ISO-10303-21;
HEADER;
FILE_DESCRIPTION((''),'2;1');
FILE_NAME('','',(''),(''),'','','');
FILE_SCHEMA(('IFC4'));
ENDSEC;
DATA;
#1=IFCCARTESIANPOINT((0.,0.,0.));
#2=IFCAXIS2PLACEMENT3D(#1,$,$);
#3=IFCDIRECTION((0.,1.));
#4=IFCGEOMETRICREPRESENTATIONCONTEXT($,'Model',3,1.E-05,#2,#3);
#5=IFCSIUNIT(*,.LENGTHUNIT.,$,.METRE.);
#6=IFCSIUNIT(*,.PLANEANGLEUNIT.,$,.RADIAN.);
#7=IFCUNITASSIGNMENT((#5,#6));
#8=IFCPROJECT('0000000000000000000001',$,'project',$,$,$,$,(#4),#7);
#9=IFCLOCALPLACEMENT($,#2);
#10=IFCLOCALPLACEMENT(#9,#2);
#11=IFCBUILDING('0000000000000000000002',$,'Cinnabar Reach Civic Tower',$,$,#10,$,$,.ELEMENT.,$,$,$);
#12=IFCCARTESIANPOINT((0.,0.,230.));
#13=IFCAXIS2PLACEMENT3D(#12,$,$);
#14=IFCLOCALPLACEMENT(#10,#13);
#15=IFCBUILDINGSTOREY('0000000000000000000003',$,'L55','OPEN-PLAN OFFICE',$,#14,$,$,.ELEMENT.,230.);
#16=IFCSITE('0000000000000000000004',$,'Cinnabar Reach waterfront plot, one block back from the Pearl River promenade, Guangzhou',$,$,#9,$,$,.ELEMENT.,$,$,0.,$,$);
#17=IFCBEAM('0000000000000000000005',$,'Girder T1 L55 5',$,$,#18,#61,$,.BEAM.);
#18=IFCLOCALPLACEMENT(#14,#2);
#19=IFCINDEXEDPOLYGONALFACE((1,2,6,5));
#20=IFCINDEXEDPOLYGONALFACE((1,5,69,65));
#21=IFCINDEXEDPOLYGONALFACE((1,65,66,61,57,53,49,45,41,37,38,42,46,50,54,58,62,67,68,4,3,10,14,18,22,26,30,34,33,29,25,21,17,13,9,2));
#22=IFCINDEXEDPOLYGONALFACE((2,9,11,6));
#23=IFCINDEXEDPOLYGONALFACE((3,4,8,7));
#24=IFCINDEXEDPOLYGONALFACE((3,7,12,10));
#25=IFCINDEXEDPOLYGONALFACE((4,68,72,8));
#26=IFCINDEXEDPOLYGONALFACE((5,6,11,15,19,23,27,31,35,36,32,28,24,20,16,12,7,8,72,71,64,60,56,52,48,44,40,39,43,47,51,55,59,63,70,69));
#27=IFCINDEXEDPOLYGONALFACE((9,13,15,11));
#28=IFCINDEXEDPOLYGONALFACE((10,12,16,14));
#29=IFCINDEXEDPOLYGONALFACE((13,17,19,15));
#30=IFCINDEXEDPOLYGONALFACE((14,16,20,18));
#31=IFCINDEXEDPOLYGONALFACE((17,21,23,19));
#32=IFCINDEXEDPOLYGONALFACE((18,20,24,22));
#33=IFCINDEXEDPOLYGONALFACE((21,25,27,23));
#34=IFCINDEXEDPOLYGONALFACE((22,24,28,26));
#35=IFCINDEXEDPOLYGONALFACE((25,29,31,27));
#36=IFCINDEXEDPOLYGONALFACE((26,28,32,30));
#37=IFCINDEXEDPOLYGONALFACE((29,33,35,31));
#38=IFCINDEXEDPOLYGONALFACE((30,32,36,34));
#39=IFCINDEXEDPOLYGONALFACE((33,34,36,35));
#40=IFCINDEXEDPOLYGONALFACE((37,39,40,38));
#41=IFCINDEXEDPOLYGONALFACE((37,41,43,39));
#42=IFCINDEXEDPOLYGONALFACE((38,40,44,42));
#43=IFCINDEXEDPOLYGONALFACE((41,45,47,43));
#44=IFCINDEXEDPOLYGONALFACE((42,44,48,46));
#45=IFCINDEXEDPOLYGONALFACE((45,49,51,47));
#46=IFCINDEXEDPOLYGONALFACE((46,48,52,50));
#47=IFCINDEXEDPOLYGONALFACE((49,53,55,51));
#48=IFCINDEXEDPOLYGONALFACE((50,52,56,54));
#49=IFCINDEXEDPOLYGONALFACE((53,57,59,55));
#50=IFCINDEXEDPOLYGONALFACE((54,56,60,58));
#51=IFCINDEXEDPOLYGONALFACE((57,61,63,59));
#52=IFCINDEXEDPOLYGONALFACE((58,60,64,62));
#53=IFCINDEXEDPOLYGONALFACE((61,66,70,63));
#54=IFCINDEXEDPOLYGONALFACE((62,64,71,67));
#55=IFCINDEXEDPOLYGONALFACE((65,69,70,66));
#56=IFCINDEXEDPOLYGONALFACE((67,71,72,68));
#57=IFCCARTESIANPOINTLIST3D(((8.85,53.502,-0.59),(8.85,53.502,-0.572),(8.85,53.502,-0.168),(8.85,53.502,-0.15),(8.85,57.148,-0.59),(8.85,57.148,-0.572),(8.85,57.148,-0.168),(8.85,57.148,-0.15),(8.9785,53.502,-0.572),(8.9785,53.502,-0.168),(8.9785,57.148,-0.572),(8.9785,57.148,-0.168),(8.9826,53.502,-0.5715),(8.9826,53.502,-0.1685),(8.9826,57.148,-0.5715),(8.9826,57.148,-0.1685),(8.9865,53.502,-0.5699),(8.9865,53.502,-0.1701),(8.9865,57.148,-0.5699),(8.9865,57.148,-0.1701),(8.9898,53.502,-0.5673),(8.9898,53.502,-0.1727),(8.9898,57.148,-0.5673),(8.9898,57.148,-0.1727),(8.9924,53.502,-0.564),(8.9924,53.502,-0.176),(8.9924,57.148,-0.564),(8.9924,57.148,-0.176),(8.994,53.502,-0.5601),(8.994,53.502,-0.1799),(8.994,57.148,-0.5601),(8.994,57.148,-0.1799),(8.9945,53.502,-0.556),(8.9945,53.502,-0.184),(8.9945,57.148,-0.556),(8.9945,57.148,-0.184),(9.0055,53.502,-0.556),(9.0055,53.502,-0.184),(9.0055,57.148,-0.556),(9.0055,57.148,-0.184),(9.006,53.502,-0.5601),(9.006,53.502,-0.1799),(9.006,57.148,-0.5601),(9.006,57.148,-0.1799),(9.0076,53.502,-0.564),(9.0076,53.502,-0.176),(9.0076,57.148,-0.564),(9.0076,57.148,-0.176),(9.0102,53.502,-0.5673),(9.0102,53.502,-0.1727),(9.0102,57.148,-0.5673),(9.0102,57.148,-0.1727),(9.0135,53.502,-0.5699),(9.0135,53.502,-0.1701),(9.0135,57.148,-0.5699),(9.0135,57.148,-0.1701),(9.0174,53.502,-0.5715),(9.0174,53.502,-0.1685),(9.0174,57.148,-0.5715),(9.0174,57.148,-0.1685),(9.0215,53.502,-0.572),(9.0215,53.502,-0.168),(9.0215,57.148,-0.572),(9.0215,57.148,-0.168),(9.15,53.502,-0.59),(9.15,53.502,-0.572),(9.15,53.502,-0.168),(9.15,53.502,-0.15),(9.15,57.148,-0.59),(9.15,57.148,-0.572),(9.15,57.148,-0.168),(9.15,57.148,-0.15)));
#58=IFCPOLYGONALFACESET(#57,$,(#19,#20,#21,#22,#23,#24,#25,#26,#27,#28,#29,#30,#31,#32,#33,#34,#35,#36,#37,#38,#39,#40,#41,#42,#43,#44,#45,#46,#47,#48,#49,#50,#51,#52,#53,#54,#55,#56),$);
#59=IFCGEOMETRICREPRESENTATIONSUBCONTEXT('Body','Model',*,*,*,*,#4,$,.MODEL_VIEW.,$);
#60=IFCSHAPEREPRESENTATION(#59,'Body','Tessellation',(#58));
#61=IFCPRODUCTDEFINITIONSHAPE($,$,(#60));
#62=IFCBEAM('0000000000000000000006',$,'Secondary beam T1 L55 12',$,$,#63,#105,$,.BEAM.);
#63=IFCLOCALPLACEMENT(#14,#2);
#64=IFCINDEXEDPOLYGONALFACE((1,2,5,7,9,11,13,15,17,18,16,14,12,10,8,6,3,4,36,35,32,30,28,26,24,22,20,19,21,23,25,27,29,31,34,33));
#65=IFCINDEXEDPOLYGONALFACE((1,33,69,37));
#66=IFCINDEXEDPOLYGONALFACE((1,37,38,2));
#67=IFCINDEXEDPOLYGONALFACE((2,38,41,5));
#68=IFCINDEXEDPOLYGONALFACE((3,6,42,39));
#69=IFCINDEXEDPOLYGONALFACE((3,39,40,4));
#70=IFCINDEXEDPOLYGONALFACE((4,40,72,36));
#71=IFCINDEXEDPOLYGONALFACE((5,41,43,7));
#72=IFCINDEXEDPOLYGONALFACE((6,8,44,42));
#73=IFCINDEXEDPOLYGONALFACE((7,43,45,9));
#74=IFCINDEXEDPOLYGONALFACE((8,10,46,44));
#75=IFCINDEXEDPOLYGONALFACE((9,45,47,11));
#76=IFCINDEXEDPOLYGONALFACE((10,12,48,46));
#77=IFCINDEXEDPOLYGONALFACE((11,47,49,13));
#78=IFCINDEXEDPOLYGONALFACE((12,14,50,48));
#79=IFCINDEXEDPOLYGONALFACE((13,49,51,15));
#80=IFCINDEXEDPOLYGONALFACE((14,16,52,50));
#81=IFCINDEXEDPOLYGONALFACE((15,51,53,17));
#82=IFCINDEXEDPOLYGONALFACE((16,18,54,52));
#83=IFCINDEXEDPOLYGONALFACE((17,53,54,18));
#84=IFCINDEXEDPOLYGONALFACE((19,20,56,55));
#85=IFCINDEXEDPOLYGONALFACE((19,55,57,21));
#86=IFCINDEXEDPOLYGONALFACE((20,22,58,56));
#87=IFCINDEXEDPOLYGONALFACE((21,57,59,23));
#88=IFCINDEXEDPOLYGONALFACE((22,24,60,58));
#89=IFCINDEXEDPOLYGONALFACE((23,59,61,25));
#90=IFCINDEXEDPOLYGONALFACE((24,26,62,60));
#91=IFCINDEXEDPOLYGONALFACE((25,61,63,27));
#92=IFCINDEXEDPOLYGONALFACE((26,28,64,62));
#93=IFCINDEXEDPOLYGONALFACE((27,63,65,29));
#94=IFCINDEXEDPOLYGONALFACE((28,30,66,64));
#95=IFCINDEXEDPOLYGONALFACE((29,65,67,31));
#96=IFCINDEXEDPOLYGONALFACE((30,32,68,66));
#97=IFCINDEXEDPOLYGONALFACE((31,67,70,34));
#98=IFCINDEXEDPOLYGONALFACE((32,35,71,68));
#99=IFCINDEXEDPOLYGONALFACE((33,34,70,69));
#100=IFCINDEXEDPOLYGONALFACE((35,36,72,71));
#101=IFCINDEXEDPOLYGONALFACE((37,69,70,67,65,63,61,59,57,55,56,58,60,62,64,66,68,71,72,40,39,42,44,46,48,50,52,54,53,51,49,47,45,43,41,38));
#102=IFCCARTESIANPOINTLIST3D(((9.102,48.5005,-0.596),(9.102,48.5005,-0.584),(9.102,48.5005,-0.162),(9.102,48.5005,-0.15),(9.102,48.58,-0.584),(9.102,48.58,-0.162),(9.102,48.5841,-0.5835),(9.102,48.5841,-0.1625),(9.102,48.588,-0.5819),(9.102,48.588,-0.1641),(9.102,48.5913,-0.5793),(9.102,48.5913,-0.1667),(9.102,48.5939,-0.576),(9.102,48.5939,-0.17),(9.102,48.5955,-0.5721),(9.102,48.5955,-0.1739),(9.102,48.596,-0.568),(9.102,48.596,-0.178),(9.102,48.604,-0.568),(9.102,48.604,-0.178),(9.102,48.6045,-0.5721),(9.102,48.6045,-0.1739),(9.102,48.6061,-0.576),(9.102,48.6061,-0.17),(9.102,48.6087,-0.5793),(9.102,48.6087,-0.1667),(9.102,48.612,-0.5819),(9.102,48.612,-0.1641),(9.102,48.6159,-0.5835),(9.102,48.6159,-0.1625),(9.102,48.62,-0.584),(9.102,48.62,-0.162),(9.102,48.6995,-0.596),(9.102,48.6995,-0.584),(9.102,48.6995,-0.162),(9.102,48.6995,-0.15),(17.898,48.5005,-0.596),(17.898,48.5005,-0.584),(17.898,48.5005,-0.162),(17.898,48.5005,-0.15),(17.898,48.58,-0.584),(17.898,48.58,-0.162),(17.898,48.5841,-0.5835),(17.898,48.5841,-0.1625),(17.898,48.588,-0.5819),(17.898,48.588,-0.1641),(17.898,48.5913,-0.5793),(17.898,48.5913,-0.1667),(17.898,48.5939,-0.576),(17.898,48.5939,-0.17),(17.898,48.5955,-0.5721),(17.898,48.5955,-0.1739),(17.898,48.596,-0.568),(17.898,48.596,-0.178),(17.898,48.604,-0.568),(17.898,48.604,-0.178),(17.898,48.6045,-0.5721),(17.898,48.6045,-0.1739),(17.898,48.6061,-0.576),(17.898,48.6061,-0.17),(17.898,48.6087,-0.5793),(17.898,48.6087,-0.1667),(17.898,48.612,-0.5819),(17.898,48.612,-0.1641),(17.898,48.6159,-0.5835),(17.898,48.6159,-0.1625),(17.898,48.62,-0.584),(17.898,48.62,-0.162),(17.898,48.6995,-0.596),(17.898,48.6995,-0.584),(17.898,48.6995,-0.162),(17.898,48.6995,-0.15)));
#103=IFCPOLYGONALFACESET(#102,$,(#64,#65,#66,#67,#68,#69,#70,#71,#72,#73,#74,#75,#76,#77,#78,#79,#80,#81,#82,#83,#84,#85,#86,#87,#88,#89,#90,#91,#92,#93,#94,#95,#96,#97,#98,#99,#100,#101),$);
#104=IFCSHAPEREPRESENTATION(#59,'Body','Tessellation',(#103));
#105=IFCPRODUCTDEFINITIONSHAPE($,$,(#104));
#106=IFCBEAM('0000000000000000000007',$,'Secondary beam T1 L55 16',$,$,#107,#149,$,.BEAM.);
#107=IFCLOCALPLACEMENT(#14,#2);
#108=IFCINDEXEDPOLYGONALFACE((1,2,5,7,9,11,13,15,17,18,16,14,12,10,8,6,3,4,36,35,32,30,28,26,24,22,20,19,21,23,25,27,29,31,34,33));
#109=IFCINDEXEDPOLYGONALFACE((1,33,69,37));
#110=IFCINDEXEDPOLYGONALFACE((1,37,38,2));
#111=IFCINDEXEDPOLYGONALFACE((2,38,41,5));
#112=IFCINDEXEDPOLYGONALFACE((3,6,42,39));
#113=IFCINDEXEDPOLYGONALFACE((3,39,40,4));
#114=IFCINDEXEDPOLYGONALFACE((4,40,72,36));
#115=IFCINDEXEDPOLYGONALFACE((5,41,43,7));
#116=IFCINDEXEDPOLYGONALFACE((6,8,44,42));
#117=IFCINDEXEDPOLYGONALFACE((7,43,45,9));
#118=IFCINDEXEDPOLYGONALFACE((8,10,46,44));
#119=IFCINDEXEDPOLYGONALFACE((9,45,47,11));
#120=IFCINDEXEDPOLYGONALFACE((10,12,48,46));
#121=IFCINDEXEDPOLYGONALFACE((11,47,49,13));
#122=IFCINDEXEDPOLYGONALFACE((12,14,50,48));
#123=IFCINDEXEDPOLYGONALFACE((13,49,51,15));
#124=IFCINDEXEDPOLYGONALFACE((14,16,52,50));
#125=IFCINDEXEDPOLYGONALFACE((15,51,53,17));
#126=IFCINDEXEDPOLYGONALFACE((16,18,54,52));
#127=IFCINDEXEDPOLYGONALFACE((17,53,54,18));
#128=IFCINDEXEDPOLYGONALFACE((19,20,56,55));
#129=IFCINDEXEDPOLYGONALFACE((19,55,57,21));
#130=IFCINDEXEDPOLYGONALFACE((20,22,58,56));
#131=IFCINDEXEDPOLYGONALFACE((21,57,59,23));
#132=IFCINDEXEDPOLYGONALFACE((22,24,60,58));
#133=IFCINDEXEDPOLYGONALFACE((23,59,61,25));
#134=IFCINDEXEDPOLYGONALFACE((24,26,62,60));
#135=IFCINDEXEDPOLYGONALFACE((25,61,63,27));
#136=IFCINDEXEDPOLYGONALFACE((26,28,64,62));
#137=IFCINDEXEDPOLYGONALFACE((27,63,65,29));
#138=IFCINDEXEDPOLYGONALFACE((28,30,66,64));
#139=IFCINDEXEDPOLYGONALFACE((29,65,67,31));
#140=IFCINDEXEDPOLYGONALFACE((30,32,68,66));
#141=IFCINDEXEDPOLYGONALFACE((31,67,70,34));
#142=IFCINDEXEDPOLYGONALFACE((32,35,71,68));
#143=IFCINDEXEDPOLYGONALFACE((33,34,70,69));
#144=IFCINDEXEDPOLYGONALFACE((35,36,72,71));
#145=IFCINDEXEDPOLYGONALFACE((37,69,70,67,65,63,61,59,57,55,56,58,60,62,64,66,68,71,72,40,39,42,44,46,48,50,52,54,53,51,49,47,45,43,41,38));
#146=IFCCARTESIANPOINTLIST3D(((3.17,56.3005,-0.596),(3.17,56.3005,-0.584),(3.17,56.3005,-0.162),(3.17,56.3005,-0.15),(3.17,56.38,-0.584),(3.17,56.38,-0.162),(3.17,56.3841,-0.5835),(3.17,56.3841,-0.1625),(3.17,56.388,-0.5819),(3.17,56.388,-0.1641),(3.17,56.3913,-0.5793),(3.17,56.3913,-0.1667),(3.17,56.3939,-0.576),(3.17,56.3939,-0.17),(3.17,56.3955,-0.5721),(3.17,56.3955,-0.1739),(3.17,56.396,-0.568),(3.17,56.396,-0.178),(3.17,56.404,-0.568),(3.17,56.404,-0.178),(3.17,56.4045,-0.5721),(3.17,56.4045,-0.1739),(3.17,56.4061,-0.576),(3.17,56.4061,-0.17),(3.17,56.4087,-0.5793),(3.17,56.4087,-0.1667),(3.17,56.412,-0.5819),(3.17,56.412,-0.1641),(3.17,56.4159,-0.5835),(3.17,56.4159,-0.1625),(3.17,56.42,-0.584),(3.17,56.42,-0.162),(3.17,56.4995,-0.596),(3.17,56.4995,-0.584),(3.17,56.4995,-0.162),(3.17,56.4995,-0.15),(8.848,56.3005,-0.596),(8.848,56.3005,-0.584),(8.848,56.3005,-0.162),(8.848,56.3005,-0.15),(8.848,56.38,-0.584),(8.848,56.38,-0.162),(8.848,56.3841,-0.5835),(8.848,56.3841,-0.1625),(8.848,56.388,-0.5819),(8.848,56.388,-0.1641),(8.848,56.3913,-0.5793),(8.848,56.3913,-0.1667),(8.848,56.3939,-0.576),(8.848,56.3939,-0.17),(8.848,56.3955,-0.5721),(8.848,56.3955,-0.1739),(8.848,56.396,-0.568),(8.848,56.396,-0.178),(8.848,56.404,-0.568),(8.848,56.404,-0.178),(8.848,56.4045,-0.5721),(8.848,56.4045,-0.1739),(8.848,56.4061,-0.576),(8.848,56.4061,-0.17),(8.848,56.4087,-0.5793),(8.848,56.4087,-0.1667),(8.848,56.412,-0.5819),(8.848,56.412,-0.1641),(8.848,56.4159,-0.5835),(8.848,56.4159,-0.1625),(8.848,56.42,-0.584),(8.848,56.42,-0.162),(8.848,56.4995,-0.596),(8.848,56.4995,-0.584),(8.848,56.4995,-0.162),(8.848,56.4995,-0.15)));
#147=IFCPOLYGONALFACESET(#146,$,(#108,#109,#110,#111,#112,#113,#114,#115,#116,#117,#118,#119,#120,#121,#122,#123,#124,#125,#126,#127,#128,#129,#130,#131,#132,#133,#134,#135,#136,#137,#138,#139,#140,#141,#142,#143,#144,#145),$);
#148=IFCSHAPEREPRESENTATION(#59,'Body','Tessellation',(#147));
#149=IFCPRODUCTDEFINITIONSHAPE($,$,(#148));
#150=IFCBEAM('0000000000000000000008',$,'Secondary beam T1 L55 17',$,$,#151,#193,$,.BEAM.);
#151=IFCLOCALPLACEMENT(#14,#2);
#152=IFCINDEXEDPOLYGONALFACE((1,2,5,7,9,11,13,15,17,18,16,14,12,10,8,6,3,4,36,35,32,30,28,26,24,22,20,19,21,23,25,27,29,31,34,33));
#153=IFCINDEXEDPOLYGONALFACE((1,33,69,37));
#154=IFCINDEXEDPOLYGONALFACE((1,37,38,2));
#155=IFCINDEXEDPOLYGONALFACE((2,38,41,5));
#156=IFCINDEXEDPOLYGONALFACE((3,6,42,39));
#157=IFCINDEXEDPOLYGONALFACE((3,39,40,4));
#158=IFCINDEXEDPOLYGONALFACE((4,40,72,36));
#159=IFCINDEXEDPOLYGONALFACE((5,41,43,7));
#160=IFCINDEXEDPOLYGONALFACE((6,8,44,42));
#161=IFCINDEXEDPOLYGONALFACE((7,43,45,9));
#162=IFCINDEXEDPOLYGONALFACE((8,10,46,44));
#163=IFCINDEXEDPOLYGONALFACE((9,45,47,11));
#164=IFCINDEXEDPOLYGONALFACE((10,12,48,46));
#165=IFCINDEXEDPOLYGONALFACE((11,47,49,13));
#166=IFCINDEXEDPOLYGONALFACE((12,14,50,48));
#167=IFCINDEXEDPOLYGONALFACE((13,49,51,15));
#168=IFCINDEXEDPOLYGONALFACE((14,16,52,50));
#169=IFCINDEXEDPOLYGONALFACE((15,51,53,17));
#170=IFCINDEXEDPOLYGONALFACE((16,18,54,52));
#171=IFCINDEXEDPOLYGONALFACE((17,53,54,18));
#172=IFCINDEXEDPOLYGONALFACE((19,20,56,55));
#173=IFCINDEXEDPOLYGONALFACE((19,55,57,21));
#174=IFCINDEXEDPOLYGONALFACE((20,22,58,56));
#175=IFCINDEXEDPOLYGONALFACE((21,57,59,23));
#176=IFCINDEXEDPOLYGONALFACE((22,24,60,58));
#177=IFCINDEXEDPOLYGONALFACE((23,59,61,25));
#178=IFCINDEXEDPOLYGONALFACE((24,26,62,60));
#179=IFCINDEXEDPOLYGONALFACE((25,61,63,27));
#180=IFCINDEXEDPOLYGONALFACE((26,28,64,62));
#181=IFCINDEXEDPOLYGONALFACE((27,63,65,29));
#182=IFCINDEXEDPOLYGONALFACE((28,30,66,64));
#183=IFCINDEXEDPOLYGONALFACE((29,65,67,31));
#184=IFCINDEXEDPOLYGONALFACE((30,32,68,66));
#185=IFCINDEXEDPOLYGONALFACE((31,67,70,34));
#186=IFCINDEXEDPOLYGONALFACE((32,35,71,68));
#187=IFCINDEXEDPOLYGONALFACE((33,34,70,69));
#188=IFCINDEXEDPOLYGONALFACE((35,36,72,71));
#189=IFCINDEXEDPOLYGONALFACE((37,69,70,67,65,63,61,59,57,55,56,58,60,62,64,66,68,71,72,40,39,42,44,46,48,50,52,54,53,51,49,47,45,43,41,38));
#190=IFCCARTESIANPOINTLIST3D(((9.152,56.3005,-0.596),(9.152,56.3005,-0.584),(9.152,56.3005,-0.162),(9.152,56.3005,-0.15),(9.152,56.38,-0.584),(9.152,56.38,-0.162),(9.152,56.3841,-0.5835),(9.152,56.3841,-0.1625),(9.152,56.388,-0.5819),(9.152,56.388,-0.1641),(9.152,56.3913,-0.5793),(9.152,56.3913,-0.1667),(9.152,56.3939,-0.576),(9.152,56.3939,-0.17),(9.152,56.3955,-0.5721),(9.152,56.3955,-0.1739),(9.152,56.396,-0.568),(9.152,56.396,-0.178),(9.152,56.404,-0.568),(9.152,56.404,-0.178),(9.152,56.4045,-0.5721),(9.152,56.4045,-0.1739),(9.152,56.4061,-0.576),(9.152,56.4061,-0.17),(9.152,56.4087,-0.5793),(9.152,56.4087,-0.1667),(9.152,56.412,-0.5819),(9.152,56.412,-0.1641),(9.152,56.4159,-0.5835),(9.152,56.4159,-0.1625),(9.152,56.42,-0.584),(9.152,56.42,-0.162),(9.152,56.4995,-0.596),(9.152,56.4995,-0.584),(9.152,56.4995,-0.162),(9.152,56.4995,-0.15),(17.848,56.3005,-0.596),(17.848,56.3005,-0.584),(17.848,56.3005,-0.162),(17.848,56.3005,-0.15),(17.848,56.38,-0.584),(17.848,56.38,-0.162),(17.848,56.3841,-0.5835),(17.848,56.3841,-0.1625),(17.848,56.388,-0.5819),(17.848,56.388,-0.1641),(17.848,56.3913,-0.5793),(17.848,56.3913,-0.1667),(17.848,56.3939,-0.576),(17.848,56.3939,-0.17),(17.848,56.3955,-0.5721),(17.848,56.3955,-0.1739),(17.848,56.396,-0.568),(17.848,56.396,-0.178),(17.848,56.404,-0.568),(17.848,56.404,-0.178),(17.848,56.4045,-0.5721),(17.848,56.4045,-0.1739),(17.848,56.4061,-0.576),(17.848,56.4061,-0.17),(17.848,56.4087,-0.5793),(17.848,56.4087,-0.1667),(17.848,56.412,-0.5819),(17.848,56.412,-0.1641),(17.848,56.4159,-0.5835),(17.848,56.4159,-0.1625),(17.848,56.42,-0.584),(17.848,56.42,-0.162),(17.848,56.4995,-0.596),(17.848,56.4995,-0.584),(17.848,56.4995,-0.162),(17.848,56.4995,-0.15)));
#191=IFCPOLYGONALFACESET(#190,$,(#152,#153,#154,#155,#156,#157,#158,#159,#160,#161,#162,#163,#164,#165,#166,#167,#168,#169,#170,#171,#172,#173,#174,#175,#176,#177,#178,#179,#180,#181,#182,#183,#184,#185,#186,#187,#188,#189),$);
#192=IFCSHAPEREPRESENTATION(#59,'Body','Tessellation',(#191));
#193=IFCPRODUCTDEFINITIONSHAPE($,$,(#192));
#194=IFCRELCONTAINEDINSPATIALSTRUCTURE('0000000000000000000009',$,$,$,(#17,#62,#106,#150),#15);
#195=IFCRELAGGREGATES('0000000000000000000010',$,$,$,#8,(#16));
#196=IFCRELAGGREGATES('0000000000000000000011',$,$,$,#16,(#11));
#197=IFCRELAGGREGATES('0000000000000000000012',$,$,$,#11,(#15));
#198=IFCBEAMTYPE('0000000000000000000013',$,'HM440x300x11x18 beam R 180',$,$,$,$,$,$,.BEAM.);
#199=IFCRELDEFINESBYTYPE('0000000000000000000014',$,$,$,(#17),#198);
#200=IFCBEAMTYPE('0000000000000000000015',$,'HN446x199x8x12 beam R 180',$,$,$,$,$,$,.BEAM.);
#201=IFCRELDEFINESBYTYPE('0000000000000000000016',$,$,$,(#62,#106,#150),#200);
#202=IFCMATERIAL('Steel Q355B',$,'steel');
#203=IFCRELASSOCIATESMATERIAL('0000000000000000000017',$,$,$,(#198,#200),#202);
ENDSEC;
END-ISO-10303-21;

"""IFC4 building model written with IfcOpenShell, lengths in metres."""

from ifc_helpers import new_model, si_unit, direction, frame, origin, origin_2d, place, context, subcontext, project, spatial, i_section, extrude, material, material_profile, profile_set, type_object, element, save


model = new_model("IFC4")

# Units and contexts
model_context = context("Model", 3, precision=1e-05, world=origin(), true_north=direction((0.0, 1.0)))
body_context = subcontext(model_context, "Body", "Model", "MODEL_VIEW")
ifc_project = project(units=[si_unit("LENGTHUNIT", "METRE"), si_unit("PLANEANGLEUNIT", "RADIAN")], contexts=[model_context])

# Site, building, storey
site_placement = place(None, origin())
site = spatial("IfcSite", under=ifc_project, at=site_placement, Name="Cinnabar Reach waterfront plot, one block back from the Pearl River promenade, Guangzhou", CompositionType="ELEMENT", RefElevation=0.0)
building_placement = place(site_placement, origin())
building = spatial("IfcBuilding", under=site, at=building_placement, Name="Cinnabar Reach Civic Tower", CompositionType="ELEMENT")
storey_placement = place(building_placement, frame((0.0, 0.0, 230.0)))
storey = spatial("IfcBuildingStorey", under=building, at=storey_placement, Name="L55", Description="OPEN-PLAN OFFICE", CompositionType="ELEMENT", Elevation=230.0)

# Beams
ifc_material_1 = material(Name="Steel Q355B", Category="steel")
ifc_material_profile_1 = material_profile(ifc_material_1, i_section(OverallWidth=0.3, OverallDepth=0.44, WebThickness=0.011, FlangeThickness=0.018, FilletRadius=0.016, at=origin_2d()), Name="HM440x300x11x18")
ifc_profile_set_1 = profile_set([ifc_material_profile_1], Name="Steel Q355B")
beam_type_1 = type_object("IfcBeamType", Name="HM440x300x11x18 beam R 180", PredefinedType="BEAM", material=ifc_profile_set_1)
beam_1_placement = place(storey_placement, frame((9.0, 53.502, -0.37), z_axis=(0.0, 1.0, 0.0), x_axis=(-1.0, 0.0, 0.0)))
element("IfcBeam", 1, at=beam_1_placement, inside=storey, type_object=beam_type_1, Name="Girder T1 L55 5", PredefinedType="BEAM", context=body_context, shape_type="SweptSolid", body=[
    extrude(i_section(OverallWidth=0.3, OverallDepth=0.44, WebThickness=0.011, FlangeThickness=0.018, FilletRadius=0.016, at=origin_2d()), origin(), (0.0, 0.0, 1.0), 3.646),
])
ifc_material_profile_2 = material_profile(ifc_material_1, i_section(OverallWidth=0.199, OverallDepth=0.446, WebThickness=0.008, FlangeThickness=0.012, FilletRadius=0.016, at=origin_2d()), Name="HN446x199x8x12")
ifc_profile_set_2 = profile_set([ifc_material_profile_2], Name="Steel Q355B")
beam_type_2 = type_object("IfcBeamType", Name="HN446x199x8x12 beam R 180", PredefinedType="BEAM", material=ifc_profile_set_2)
beam_2_placement = place(storey_placement, frame((9.102, 48.6, -0.373), z_axis=(1.0, 0.0, 0.0), x_axis=(0.0, 1.0, 0.0)))
element("IfcBeam", 2, at=beam_2_placement, inside=storey, type_object=beam_type_2, Name="Secondary beam T1 L55 12", PredefinedType="BEAM", context=body_context, shape_type="SweptSolid", body=[
    extrude(i_section(OverallWidth=0.199, OverallDepth=0.446, WebThickness=0.008, FlangeThickness=0.012, FilletRadius=0.016, at=origin_2d()), origin(), (0.0, 0.0, 1.0), 8.796),
])
beam_3_placement = place(storey_placement, frame((3.17, 56.4, -0.373), z_axis=(1.0, 0.0, 0.0), x_axis=(0.0, 1.0, 0.0)))
element("IfcBeam", 3, at=beam_3_placement, inside=storey, type_object=beam_type_2, Name="Secondary beam T1 L55 16", PredefinedType="BEAM", context=body_context, shape_type="SweptSolid", body=[
    extrude(i_section(OverallWidth=0.199, OverallDepth=0.446, WebThickness=0.008, FlangeThickness=0.012, FilletRadius=0.016, at=origin_2d()), origin(), (0.0, 0.0, 1.0), 5.678),
])
beam_4_placement = place(storey_placement, frame((9.152, 56.4, -0.373), z_axis=(1.0, 0.0, 0.0), x_axis=(0.0, 1.0, 0.0)))
element("IfcBeam", 4, at=beam_4_placement, inside=storey, type_object=beam_type_2, Name="Secondary beam T1 L55 17", PredefinedType="BEAM", context=body_context, shape_type="SweptSolid", body=[
    extrude(i_section(OverallWidth=0.199, OverallDepth=0.446, WebThickness=0.008, FlangeThickness=0.012, FilletRadius=0.016, at=origin_2d()), origin(), (0.0, 0.0, 1.0), 8.696),
])

save(model, "model.ifc")
